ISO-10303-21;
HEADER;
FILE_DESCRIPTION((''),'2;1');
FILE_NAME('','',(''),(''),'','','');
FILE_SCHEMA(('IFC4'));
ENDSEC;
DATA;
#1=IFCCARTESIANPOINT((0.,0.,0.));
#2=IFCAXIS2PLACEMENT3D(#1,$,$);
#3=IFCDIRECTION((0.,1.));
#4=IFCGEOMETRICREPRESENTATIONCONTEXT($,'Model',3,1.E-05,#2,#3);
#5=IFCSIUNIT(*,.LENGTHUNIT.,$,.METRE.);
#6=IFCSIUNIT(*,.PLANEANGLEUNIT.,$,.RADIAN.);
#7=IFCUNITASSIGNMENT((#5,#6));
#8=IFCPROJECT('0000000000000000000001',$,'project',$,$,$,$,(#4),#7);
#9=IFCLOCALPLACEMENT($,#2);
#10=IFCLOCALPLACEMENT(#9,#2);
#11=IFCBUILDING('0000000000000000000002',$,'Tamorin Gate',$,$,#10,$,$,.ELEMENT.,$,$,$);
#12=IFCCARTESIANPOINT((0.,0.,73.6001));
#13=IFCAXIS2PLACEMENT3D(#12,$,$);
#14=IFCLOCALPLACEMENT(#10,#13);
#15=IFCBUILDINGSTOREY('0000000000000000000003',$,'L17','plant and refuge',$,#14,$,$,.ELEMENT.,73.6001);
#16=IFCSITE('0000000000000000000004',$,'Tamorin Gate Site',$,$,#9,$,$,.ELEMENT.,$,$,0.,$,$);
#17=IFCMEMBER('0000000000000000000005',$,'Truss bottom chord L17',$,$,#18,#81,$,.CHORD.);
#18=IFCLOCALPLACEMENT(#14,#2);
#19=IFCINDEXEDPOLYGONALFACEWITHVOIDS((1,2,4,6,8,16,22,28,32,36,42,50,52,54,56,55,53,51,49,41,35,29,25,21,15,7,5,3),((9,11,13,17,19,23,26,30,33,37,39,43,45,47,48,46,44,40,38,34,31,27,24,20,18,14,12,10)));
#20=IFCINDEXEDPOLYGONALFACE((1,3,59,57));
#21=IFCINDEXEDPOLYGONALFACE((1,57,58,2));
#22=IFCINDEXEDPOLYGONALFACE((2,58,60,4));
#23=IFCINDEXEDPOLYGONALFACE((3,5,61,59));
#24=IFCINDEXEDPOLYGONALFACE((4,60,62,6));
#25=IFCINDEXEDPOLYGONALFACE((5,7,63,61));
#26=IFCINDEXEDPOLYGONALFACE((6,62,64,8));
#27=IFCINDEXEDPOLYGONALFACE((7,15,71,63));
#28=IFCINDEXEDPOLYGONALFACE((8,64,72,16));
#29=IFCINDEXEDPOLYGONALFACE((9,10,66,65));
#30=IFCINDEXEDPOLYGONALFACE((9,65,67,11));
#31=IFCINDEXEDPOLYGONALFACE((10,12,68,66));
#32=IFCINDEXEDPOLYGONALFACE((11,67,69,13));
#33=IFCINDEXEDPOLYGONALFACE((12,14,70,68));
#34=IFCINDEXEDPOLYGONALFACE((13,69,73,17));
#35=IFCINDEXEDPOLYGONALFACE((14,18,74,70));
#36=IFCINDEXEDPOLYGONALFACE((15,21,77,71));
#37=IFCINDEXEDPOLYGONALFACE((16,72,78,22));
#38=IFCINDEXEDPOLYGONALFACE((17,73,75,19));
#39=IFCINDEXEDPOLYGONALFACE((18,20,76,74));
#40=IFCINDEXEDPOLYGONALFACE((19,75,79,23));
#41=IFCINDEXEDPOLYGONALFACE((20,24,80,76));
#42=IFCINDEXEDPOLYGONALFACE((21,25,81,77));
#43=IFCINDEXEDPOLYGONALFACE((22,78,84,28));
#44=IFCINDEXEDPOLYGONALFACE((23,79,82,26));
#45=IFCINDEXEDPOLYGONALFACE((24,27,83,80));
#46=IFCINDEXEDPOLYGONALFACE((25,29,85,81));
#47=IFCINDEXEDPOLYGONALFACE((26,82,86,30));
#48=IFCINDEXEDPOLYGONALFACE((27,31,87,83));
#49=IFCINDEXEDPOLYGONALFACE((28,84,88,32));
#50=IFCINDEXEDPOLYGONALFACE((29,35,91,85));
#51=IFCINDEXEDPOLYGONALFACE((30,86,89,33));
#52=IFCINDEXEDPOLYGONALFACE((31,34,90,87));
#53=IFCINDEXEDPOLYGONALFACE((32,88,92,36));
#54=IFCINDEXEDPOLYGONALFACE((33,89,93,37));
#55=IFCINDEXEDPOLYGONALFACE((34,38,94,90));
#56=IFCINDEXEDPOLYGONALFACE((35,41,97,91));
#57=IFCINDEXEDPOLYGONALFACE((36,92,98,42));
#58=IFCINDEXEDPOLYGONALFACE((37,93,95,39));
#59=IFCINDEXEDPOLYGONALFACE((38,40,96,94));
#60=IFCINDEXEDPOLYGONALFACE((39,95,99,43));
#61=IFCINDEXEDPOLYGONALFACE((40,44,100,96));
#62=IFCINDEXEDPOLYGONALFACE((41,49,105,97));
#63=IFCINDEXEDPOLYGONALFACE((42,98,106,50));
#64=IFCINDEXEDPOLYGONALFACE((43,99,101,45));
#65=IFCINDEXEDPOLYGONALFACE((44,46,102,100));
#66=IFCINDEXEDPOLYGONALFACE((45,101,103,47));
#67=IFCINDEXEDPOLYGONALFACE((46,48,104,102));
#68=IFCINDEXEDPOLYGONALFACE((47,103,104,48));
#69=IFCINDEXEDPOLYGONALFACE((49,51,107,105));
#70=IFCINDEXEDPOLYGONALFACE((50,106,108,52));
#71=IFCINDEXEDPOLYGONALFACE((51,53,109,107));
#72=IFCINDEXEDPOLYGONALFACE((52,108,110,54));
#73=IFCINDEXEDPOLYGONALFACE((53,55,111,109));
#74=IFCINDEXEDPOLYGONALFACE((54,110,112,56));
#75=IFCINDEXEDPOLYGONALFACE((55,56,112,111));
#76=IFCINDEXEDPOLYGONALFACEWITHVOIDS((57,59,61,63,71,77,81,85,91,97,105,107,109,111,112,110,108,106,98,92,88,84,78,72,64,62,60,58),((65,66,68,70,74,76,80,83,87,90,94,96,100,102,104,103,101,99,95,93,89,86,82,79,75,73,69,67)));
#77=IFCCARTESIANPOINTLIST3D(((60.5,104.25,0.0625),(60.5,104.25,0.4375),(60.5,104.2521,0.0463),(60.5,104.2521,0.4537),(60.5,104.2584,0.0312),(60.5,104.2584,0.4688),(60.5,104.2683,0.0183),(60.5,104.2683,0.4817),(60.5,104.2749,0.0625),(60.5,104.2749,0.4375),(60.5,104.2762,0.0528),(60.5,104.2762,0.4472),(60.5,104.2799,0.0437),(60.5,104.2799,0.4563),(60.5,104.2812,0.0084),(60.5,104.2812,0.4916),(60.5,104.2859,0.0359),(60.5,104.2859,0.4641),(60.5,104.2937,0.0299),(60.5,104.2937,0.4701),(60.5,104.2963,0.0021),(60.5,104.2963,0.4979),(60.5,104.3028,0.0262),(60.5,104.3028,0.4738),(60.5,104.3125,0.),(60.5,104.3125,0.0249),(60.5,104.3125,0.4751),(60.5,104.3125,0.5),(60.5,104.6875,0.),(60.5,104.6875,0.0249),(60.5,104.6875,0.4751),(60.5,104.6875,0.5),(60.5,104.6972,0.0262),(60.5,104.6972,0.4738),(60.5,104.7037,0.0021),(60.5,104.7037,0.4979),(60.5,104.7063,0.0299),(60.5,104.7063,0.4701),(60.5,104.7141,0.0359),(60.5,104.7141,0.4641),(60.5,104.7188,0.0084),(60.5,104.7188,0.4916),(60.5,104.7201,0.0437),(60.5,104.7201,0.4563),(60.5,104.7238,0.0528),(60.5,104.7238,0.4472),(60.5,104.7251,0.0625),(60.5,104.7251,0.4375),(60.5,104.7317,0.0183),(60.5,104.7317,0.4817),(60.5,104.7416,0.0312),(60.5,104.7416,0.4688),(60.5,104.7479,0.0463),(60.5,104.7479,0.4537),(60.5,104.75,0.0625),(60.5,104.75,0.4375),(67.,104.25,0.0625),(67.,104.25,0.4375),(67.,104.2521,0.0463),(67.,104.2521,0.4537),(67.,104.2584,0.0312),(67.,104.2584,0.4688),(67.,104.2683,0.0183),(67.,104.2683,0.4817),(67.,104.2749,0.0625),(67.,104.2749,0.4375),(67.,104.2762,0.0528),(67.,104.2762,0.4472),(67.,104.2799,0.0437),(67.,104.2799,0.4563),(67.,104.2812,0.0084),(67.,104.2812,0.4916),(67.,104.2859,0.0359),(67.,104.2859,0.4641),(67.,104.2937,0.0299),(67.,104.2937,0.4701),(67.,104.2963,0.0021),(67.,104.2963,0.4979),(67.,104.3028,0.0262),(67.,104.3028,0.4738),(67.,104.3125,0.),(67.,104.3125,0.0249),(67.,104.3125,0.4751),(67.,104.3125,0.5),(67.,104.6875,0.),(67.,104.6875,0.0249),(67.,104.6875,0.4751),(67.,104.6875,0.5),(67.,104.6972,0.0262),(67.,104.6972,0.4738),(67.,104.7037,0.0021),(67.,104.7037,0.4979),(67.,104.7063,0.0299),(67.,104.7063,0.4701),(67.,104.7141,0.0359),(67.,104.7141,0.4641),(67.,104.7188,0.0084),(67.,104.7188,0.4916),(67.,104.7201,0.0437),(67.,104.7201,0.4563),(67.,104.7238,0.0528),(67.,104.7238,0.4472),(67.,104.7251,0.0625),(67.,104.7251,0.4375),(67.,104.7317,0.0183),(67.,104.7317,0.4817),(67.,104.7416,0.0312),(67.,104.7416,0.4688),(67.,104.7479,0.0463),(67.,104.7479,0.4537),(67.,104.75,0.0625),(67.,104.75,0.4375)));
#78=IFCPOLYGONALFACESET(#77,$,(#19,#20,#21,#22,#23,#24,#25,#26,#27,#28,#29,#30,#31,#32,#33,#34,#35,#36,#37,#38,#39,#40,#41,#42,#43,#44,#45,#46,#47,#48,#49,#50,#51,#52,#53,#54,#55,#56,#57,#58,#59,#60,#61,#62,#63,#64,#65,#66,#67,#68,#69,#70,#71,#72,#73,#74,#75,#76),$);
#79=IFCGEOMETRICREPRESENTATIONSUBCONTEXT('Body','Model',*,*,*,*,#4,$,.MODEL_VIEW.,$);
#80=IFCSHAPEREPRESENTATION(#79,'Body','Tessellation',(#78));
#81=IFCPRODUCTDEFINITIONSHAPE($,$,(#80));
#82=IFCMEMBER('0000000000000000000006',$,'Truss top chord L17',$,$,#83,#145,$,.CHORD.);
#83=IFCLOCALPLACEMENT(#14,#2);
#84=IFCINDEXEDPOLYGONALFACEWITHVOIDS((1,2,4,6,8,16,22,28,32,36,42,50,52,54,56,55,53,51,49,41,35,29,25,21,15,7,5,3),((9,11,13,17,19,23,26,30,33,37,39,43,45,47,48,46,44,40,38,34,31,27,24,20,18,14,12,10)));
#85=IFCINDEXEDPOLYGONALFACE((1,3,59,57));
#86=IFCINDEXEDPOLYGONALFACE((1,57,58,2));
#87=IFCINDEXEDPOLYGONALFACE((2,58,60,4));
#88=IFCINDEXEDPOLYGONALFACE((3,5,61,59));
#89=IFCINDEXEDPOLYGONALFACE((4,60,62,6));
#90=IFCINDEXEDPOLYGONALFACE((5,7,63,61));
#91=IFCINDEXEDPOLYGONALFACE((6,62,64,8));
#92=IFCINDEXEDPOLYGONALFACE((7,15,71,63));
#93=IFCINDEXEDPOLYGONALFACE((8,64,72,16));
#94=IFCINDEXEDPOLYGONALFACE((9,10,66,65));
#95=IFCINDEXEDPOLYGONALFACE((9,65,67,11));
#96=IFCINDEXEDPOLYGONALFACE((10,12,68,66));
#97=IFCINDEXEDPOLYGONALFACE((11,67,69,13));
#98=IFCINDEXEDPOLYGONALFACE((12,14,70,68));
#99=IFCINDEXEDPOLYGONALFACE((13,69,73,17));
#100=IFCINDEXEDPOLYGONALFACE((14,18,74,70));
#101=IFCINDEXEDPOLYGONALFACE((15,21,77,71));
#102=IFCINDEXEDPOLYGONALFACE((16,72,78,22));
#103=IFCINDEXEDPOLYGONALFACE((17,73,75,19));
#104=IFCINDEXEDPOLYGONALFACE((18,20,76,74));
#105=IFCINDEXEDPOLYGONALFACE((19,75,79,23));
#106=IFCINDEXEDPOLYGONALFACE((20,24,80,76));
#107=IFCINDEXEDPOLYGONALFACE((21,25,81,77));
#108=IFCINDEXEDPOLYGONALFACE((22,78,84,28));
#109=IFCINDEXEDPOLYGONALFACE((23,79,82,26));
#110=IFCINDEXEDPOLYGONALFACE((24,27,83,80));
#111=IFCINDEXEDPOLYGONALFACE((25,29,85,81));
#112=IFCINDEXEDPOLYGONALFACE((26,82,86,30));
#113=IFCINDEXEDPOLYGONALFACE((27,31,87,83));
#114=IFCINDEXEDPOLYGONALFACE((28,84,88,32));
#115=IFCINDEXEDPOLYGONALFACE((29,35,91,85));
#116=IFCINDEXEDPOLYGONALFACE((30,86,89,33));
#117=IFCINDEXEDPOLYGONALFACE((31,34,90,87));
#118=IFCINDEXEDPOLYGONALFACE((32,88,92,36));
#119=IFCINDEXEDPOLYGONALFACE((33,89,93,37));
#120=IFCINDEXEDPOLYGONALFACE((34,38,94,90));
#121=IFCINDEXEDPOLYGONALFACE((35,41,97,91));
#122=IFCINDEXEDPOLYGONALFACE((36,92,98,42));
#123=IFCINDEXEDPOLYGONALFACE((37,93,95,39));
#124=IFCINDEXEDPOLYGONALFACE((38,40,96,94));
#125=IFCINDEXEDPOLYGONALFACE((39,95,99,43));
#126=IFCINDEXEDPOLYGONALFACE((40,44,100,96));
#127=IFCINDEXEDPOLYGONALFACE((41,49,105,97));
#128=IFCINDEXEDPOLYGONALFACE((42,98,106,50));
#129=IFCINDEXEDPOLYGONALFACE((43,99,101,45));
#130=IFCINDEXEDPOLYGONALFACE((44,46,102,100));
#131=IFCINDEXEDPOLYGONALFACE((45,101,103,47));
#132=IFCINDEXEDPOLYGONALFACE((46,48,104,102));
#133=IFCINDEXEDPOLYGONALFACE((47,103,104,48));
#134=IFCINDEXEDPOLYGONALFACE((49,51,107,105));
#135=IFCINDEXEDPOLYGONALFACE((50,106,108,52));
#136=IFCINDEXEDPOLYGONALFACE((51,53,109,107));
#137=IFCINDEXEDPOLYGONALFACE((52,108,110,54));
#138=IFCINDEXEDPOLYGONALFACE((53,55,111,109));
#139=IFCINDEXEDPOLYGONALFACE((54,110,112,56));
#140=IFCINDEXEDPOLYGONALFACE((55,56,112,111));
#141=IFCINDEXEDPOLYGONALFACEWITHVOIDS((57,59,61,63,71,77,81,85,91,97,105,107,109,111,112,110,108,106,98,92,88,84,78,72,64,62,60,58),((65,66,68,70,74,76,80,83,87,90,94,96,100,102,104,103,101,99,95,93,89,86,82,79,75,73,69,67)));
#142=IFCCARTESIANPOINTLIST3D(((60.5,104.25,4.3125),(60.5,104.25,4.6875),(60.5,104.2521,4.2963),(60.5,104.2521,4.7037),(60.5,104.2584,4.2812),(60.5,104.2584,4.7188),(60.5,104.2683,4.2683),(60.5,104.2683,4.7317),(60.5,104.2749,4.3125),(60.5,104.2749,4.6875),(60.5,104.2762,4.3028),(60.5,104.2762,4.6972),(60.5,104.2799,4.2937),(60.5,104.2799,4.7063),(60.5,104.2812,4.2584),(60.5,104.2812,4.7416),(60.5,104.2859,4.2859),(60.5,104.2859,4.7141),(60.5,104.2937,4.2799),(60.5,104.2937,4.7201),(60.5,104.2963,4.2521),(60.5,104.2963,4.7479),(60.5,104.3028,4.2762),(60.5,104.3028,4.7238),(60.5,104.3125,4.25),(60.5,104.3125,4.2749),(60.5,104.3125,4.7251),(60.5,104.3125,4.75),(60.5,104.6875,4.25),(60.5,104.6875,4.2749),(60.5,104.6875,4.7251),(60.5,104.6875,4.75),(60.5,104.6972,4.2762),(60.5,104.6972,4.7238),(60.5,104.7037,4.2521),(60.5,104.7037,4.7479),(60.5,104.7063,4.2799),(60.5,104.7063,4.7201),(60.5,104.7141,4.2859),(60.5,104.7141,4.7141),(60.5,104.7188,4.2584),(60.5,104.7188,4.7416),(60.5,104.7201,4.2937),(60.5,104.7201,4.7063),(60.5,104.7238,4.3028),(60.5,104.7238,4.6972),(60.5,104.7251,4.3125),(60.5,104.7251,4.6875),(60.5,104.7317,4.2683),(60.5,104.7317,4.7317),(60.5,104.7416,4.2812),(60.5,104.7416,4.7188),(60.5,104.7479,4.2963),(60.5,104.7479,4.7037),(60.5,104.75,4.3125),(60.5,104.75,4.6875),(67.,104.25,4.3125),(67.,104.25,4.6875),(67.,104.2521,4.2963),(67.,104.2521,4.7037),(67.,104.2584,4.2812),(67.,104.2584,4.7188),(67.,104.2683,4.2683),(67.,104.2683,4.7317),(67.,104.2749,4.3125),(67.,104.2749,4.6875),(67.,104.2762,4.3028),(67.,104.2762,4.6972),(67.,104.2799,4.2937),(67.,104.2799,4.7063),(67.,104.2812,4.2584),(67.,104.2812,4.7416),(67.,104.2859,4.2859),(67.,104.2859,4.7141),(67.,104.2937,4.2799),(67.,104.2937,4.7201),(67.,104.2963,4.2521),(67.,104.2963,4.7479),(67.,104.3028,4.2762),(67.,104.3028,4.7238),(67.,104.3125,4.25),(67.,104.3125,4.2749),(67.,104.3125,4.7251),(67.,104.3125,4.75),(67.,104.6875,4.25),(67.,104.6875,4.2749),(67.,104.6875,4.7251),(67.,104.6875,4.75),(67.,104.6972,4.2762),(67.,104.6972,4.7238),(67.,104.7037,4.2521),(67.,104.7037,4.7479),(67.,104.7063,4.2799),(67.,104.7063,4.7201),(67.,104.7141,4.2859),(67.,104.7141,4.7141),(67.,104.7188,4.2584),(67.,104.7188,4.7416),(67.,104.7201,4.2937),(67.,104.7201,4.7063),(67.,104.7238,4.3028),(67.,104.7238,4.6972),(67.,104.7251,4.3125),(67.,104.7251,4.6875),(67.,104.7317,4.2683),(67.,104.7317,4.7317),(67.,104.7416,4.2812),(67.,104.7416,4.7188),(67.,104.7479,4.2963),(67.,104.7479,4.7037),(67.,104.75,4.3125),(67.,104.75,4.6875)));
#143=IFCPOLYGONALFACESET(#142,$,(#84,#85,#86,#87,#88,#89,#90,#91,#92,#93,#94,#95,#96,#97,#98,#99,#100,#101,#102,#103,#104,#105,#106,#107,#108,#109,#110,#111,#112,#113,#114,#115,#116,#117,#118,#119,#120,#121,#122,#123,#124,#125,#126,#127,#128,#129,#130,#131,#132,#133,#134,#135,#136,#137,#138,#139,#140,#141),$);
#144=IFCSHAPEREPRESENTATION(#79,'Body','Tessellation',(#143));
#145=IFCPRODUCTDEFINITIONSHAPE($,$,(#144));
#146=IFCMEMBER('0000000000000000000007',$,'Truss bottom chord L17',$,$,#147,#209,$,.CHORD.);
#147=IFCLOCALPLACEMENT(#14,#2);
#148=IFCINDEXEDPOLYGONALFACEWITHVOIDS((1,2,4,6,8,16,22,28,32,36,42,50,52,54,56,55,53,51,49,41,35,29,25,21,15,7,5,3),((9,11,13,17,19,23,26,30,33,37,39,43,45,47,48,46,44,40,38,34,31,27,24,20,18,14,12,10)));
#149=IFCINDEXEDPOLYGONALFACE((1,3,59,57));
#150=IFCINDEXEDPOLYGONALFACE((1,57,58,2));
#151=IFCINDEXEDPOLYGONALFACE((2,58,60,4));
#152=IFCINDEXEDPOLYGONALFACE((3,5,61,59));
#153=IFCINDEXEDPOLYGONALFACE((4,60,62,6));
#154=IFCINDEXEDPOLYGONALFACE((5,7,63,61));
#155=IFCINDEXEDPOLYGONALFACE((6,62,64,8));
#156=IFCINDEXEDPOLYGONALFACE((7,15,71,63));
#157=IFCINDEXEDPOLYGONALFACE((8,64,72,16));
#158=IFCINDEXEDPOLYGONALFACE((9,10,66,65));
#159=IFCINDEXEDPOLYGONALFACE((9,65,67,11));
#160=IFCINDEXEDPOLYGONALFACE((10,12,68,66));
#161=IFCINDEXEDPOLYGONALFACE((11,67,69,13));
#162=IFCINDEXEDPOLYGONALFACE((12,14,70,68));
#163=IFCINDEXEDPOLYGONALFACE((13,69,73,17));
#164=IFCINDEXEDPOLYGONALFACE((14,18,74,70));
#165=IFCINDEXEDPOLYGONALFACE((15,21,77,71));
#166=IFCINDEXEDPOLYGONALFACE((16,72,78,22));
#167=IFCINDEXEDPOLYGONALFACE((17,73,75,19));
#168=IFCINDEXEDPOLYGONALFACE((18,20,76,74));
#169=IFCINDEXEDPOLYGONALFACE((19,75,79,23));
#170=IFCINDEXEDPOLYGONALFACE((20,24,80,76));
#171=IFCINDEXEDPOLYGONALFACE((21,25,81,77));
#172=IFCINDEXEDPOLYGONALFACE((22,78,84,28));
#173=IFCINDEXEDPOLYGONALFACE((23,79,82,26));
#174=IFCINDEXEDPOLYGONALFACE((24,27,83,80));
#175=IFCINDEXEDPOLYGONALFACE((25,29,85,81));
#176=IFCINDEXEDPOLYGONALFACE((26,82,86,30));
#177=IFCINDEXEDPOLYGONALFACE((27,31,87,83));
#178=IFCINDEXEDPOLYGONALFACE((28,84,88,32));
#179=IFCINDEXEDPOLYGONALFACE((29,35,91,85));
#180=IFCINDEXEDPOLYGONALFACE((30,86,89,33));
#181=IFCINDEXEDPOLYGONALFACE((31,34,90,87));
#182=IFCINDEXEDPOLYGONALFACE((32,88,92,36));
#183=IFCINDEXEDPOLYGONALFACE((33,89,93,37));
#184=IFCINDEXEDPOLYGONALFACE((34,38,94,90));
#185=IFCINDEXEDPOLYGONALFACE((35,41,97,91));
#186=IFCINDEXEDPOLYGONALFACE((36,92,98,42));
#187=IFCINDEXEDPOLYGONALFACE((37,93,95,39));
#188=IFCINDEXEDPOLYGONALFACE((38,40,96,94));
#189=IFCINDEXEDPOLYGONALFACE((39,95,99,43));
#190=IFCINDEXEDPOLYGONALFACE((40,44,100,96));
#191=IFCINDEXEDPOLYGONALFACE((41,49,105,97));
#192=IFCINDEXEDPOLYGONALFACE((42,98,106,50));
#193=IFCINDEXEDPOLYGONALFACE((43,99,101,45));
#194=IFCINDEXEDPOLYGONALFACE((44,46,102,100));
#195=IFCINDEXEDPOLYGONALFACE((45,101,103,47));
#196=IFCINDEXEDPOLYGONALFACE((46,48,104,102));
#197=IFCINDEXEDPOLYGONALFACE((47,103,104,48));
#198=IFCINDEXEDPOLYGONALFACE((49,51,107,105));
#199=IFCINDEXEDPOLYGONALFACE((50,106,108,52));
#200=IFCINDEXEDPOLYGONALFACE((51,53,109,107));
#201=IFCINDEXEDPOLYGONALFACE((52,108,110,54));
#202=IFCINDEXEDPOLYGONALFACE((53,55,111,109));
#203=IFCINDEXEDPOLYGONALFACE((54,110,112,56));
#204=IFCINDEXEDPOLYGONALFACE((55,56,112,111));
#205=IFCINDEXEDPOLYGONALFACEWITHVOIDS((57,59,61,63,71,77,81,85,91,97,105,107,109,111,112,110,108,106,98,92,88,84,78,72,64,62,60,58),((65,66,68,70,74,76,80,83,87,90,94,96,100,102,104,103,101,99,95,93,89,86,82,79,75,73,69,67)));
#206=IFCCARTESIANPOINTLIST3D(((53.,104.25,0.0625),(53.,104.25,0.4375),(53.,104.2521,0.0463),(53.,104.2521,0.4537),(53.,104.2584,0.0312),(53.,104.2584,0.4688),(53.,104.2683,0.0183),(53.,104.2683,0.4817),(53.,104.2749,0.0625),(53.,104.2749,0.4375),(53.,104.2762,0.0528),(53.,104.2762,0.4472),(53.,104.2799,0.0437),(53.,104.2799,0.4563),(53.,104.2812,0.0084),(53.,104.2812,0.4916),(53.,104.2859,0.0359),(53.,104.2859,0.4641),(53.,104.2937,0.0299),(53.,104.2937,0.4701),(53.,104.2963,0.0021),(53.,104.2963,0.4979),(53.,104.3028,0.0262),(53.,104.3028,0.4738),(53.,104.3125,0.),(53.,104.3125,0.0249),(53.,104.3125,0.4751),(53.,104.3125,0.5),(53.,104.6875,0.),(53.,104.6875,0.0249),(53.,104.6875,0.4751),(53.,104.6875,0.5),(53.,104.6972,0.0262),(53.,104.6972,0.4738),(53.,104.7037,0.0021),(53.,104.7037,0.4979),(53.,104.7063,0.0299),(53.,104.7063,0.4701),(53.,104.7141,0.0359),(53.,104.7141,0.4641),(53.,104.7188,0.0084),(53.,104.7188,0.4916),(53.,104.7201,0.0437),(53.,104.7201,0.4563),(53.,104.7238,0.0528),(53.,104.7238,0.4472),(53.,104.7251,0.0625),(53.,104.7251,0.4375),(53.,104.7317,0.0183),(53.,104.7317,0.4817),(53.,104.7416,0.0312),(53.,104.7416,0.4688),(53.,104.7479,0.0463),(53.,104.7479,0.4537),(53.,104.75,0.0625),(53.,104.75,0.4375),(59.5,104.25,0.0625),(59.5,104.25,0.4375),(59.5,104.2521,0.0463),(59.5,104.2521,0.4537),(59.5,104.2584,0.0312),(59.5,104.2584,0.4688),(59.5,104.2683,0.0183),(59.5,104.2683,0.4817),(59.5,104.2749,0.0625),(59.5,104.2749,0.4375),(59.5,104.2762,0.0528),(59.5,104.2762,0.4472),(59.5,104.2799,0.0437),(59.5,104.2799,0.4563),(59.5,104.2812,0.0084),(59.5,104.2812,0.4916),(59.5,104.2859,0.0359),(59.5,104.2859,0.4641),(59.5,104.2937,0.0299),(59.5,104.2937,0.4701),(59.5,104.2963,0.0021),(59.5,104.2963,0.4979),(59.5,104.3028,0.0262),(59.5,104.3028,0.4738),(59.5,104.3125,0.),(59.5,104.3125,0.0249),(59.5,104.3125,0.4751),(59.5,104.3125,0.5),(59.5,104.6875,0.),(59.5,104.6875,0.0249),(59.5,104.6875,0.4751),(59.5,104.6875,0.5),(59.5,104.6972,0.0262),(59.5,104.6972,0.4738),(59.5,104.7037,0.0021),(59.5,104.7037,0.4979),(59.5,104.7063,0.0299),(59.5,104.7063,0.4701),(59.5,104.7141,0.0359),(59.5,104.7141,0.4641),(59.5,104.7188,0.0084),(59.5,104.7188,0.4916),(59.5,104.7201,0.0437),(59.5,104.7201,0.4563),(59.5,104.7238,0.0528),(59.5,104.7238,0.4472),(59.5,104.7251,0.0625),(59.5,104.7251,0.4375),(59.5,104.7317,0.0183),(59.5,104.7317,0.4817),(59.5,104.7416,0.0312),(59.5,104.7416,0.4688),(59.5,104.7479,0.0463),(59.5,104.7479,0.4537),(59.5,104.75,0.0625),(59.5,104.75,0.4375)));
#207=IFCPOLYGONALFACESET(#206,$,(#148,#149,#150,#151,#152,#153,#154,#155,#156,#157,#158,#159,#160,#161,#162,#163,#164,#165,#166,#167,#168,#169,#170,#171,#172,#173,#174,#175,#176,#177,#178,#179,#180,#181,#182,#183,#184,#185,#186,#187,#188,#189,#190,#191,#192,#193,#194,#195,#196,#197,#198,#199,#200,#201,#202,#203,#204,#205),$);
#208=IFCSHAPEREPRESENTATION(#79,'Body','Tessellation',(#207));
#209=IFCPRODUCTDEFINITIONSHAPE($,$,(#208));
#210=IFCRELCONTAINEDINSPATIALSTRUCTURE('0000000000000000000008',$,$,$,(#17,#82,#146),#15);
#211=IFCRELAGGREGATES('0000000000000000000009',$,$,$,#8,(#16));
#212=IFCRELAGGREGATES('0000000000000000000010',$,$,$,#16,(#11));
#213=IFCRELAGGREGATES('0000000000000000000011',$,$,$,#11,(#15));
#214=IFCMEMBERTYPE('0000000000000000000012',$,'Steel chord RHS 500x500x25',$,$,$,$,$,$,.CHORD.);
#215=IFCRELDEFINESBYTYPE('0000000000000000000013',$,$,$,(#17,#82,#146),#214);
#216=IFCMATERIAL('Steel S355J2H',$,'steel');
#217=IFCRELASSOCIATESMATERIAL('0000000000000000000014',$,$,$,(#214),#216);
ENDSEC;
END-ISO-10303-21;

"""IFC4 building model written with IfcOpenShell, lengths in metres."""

from ifc_helpers import new_model, si_unit, direction, frame, origin, origin_2d, place, context, subcontext, project, spatial, hollow_rectangle, extrude, material, material_profile, profile_set, type_object, element, save


model = new_model("IFC4")

# Units and contexts
model_context = context("Model", 3, precision=1e-05, world=origin(), true_north=direction((0.0, 1.0)))
body_context = subcontext(model_context, "Body", "Model", "MODEL_VIEW")
ifc_project = project(units=[si_unit("LENGTHUNIT", "METRE"), si_unit("PLANEANGLEUNIT", "RADIAN")], contexts=[model_context])

# Site, building, storey
site_placement = place(None, origin())
site = spatial("IfcSite", under=ifc_project, at=site_placement, Name="Tamorin Gate Site", CompositionType="ELEMENT", RefElevation=0.0)
building_placement = place(site_placement, origin())
building = spatial("IfcBuilding", under=site, at=building_placement, Name="Tamorin Gate", CompositionType="ELEMENT")
storey_placement = place(building_placement, frame((0.0, 0.0, 73.6001)))
storey = spatial("IfcBuildingStorey", under=building, at=storey_placement, Name="L17", Description="plant and refuge", CompositionType="ELEMENT", Elevation=73.6001)

# Members
ifc_material_1 = material(Name="Steel S355J2H", Category="steel")
ifc_material_profile_1 = material_profile(ifc_material_1, hollow_rectangle(XDim=0.5, YDim=0.5, WallThickness=0.0249, InnerFilletRadius=0.0376, OuterFilletRadius=0.0625, at=origin_2d()), Name="RHS 500x500x25")
ifc_profile_set_1 = profile_set([ifc_material_profile_1], Name="Steel S355J2H")
member_type_1 = type_object("IfcMemberType", Name="Steel chord RHS 500x500x25", PredefinedType="CHORD", material=ifc_profile_set_1)
for number, where, z_axis, x_axis, name in (
    (1, (67.0, 104.5, 0.25), (-1.0, 0.0, 0.0), (0.0, -1.0, 0.0), "Truss bottom chord L17"),
    (2, (67.0, 104.5, 4.5), (-1.0, 0.0, 0.0), (0.0, -1.0, 0.0), "Truss top chord L17"),
    (3, (59.5, 104.5, 0.25), (-1.0, 0.0, 0.0), (0.0, -1.0, 0.0), "Truss bottom chord L17"),
):
    element("IfcMember", number, at=place(storey_placement, frame(where, z_axis=z_axis, x_axis=x_axis)), inside=storey, type_object=member_type_1, Name=name, PredefinedType="CHORD", context=body_context, shape_type="SweptSolid", body=[
        extrude(hollow_rectangle(XDim=0.5, YDim=0.5, WallThickness=0.0249, InnerFilletRadius=0.0376, OuterFilletRadius=0.0625, at=origin_2d()), origin(), (0.0, 0.0, 1.0), 6.5),
    ])

save(model, "model.ifc")
